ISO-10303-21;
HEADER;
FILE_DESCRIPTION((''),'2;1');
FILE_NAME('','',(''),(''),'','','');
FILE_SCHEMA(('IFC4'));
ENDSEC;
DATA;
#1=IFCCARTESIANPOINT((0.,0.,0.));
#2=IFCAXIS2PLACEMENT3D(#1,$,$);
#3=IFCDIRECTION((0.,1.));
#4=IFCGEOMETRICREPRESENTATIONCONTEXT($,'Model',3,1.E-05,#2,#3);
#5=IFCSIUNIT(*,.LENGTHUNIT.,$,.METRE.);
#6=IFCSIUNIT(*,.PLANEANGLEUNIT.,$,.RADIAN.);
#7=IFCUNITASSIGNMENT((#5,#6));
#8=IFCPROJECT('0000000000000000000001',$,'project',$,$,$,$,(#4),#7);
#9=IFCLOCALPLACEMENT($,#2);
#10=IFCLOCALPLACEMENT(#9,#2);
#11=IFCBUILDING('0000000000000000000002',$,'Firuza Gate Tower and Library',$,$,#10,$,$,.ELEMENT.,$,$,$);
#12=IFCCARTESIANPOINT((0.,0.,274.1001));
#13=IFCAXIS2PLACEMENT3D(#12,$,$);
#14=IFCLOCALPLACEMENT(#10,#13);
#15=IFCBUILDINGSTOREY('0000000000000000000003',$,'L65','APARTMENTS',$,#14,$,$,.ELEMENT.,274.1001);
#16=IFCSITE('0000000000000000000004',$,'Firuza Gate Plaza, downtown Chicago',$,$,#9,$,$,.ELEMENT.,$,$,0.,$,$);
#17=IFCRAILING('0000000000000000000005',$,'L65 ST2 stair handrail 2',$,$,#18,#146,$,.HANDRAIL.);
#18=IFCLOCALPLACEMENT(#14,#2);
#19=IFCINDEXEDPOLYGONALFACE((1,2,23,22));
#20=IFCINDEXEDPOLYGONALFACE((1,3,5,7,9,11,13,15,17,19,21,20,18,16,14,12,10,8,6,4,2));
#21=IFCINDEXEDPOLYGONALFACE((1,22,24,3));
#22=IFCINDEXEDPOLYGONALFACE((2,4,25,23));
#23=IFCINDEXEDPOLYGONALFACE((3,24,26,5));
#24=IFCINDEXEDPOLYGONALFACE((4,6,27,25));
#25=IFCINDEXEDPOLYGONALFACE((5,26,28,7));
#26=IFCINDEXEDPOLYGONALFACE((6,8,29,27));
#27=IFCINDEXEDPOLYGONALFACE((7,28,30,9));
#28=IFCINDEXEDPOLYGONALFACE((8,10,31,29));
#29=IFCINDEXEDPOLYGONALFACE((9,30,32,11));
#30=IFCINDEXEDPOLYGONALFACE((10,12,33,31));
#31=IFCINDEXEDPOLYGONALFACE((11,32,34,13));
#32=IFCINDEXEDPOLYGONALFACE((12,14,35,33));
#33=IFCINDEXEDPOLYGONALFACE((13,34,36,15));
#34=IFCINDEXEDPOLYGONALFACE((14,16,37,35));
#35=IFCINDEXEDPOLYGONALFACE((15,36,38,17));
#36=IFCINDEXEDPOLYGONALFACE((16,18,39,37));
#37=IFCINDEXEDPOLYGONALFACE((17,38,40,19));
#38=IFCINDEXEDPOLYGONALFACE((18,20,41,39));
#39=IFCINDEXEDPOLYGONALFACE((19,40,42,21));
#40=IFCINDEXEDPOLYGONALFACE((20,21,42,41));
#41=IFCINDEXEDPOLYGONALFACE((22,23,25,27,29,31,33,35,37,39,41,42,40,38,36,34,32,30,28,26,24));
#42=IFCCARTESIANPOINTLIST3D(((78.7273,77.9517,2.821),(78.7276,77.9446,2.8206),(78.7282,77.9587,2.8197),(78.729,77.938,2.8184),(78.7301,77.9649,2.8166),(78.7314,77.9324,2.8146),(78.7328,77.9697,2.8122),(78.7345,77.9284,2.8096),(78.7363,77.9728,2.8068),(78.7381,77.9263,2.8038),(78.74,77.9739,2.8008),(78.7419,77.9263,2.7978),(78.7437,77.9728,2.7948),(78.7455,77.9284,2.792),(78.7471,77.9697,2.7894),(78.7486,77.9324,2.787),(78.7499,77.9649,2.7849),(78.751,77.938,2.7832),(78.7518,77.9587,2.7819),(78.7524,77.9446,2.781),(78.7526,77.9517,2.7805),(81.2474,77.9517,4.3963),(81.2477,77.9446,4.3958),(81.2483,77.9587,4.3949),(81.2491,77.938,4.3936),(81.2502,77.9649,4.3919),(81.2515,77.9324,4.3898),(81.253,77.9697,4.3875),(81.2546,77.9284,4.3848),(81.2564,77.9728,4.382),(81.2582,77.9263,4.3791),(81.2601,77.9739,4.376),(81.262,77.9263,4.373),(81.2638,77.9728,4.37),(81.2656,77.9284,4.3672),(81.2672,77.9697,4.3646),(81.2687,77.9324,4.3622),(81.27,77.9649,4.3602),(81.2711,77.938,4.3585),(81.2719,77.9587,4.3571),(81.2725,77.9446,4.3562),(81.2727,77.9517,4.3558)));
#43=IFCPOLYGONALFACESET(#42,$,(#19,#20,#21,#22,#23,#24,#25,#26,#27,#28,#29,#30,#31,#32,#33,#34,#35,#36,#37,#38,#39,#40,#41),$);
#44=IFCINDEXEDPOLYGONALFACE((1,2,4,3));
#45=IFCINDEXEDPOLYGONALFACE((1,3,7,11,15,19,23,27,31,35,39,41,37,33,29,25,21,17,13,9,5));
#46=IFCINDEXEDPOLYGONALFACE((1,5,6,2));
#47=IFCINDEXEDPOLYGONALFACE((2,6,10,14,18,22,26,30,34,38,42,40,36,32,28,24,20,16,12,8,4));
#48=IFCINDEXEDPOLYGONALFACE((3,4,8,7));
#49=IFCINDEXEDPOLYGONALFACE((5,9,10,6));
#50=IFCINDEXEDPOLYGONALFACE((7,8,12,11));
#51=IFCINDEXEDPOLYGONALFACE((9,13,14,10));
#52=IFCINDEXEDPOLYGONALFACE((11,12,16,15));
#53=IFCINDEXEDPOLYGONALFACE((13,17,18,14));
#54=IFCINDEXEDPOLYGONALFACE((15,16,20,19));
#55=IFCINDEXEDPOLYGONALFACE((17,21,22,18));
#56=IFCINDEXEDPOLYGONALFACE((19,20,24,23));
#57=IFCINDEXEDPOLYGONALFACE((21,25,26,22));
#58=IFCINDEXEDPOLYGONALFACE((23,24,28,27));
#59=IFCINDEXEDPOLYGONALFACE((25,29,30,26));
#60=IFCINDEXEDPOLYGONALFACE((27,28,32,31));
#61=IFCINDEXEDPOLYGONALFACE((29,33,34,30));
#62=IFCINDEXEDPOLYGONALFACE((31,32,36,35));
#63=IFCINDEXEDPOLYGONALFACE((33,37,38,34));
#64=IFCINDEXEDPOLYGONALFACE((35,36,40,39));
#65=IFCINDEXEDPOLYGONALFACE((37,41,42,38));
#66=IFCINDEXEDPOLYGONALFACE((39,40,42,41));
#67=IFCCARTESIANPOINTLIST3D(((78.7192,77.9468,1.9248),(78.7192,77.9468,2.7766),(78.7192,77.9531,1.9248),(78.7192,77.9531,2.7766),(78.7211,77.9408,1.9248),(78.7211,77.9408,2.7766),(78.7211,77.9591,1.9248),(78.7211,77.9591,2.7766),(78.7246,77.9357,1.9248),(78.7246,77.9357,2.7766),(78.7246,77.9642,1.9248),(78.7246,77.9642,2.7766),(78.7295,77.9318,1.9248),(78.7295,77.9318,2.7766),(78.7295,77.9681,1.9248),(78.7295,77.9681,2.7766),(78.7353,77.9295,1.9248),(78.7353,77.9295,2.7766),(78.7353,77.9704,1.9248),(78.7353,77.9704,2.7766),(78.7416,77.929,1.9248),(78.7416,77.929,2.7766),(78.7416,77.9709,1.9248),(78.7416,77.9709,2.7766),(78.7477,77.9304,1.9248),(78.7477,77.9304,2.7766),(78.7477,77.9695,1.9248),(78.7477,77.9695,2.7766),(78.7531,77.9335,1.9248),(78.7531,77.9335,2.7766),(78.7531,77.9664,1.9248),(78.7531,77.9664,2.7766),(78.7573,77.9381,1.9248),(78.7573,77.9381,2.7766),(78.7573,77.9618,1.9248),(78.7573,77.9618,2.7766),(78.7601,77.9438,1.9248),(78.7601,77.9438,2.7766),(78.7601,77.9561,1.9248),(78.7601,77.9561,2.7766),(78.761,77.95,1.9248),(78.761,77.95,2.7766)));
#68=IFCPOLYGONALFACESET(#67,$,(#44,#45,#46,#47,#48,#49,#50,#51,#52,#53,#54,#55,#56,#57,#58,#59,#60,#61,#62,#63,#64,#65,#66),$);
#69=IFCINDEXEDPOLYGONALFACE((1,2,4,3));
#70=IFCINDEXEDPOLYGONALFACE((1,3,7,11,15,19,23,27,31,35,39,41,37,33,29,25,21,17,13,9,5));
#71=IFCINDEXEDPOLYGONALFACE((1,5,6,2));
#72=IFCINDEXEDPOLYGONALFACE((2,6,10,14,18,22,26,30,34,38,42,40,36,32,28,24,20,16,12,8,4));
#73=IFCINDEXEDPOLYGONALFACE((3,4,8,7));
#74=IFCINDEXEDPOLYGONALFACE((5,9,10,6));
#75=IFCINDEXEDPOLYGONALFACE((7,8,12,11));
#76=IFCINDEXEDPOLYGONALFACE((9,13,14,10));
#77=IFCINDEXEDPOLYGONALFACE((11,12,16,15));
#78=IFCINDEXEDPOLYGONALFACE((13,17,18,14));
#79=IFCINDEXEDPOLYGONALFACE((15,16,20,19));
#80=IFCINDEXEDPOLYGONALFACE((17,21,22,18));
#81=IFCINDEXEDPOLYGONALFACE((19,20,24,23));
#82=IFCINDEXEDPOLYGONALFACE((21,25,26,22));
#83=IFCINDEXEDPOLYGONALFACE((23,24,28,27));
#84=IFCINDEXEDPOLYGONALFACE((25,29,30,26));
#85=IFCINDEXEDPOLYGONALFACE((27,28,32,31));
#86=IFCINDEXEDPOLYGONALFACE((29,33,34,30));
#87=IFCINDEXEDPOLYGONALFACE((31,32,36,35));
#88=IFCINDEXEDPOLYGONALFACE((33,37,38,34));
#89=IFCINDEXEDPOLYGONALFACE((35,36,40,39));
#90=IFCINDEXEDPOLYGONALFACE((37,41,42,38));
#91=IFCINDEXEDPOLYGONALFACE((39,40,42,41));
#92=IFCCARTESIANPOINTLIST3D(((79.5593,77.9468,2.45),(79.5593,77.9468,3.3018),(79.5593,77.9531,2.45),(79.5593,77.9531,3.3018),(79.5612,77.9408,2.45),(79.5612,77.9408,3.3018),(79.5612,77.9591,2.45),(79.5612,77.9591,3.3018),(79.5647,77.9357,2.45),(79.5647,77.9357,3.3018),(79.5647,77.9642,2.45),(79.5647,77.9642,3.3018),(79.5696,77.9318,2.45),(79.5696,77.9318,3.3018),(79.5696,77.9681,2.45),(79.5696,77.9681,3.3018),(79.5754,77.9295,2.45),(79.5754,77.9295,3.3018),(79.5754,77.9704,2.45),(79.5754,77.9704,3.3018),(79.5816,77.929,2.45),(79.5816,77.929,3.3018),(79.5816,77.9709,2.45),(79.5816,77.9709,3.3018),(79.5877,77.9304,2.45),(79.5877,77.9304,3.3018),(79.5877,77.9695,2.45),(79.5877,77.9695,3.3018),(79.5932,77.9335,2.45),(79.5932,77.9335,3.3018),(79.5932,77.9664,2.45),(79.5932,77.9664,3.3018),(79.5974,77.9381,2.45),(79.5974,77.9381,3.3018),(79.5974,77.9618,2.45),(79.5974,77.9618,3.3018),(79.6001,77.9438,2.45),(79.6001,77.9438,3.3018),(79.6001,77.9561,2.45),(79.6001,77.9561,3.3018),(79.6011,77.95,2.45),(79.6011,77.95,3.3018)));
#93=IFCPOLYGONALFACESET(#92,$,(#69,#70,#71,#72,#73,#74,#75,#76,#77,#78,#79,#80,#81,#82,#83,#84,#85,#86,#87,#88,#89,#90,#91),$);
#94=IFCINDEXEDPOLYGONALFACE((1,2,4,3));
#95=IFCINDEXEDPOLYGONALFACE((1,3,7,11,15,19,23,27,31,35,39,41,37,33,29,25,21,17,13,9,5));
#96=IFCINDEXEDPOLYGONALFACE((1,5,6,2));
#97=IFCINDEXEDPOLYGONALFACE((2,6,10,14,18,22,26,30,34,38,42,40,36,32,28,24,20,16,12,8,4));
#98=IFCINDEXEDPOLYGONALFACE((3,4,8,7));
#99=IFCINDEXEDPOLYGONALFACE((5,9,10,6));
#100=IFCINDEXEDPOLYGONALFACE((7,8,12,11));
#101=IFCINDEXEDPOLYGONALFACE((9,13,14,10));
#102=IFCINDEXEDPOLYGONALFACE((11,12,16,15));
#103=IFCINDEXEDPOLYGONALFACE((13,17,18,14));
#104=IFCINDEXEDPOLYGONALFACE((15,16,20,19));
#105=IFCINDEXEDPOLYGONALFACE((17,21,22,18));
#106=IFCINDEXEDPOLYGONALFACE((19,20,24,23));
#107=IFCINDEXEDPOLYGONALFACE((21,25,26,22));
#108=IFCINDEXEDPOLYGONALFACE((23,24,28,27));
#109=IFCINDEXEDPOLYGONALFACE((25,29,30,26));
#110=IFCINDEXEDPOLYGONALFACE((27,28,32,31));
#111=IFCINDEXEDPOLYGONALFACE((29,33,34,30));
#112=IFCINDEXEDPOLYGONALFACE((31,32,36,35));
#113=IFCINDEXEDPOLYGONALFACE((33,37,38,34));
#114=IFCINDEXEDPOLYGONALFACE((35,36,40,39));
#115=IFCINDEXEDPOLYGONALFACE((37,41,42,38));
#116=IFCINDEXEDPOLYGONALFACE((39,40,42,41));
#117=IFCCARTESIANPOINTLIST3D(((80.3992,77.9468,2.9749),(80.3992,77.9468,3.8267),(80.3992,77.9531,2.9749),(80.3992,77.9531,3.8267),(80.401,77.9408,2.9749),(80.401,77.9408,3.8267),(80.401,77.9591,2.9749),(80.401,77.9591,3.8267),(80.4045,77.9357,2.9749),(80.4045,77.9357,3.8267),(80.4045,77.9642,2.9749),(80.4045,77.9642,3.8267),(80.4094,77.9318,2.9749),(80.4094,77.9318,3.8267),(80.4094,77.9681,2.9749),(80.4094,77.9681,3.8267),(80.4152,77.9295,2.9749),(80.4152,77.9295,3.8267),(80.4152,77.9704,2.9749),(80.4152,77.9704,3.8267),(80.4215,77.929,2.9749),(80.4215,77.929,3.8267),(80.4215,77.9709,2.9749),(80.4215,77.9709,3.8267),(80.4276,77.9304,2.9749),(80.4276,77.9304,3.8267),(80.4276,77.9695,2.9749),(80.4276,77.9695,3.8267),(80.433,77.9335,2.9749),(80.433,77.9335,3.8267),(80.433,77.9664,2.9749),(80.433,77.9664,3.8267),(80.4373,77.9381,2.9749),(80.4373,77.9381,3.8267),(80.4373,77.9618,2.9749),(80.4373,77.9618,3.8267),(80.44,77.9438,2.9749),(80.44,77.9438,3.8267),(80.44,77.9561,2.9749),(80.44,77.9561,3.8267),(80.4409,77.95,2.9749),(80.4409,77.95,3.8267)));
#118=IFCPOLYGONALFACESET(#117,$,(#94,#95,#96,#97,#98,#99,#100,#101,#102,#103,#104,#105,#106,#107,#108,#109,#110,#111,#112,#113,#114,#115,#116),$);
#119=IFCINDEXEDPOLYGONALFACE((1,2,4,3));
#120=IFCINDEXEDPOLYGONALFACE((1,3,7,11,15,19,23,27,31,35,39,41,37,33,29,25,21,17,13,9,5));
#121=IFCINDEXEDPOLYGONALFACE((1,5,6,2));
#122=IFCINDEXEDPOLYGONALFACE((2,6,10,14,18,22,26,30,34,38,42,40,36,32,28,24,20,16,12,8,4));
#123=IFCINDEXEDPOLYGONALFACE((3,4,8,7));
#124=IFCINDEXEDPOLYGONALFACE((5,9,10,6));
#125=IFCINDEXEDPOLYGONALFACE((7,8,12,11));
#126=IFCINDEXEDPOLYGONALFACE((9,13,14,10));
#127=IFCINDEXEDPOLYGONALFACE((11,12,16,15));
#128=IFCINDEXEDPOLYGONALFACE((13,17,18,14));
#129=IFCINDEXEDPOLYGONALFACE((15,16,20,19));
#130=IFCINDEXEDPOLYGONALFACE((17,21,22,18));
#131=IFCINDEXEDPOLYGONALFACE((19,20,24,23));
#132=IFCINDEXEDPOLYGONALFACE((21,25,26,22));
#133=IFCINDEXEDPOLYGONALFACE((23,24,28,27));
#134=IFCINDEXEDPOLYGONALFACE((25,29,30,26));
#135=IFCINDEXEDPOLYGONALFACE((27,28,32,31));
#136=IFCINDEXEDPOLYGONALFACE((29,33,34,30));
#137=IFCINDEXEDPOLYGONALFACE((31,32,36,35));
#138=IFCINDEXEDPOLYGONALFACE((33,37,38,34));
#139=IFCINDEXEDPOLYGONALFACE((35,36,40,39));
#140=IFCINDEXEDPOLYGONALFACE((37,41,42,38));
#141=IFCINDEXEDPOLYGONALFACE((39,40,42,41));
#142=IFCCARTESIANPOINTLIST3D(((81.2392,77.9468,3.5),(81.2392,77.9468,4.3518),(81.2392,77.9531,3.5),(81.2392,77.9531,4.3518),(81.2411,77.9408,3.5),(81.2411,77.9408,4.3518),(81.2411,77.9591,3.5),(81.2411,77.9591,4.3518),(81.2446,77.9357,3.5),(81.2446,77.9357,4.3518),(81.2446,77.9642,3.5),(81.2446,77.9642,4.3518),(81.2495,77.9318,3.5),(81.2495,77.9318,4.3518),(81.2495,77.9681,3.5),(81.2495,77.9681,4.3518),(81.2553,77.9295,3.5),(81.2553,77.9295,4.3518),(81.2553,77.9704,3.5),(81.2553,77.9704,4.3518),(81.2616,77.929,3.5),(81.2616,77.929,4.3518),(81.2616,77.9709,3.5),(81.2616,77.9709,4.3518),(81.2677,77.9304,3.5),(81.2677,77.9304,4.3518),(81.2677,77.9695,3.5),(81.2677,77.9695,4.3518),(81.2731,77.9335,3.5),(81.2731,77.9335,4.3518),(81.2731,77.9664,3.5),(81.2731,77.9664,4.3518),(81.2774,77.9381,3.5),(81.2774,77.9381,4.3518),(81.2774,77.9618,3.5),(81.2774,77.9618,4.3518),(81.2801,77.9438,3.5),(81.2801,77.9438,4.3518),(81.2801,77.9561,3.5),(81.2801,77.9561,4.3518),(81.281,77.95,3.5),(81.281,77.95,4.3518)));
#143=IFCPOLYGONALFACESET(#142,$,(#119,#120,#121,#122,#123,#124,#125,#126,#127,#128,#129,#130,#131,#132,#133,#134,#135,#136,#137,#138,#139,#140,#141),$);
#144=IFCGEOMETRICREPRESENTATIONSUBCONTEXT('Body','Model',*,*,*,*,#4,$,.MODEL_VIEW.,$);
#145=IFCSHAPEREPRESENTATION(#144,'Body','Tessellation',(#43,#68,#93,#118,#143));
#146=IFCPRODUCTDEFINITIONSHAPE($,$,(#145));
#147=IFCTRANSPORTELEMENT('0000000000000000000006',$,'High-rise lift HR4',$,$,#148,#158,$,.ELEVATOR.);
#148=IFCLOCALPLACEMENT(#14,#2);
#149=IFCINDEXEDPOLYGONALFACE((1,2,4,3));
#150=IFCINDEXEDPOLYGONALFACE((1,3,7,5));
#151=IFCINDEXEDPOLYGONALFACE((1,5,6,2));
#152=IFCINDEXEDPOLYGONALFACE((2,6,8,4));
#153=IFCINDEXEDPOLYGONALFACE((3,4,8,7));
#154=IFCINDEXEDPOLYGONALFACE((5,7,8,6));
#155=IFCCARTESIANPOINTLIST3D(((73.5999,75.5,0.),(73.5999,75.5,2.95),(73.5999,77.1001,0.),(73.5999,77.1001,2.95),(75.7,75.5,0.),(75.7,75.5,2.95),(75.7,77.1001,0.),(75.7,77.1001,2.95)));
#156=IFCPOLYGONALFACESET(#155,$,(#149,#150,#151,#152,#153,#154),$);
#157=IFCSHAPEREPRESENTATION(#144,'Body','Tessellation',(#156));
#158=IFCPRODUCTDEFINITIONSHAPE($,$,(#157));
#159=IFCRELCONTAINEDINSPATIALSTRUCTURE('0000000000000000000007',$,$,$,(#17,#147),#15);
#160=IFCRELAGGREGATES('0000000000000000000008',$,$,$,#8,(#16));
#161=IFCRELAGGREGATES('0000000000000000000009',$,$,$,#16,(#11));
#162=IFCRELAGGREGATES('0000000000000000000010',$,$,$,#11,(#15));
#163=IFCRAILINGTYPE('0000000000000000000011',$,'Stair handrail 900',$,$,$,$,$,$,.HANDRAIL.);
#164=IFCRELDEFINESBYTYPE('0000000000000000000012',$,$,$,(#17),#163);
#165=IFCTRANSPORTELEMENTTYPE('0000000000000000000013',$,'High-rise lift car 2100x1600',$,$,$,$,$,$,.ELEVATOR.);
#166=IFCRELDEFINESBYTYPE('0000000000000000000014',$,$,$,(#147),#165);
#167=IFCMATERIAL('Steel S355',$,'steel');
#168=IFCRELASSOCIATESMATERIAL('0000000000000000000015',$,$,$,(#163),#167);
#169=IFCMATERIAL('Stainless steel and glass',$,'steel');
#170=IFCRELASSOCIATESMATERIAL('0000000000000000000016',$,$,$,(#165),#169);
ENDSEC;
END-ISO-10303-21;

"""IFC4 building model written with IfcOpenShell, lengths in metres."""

from ifc_helpers import new_model, si_unit, direction, frame, origin, origin_2d, place, context, subcontext, project, spatial, rectangle, circle, extrude, material, type_object, element, save


model = new_model("IFC4")

# Units and contexts
model_context = context("Model", 3, precision=1e-05, world=origin(), true_north=direction((0.0, 1.0)))
body_context = subcontext(model_context, "Body", "Model", "MODEL_VIEW")
ifc_project = project(units=[si_unit("LENGTHUNIT", "METRE"), si_unit("PLANEANGLEUNIT", "RADIAN")], contexts=[model_context])

# Site, building, storey
site_placement = place(None, origin())
site = spatial("IfcSite", under=ifc_project, at=site_placement, Name="Firuza Gate Plaza, downtown Chicago", CompositionType="ELEMENT", RefElevation=0.0)
building_placement = place(site_placement, origin())
building = spatial("IfcBuilding", under=site, at=building_placement, Name="Firuza Gate Tower and Library", CompositionType="ELEMENT")
storey_placement = place(building_placement, frame((0.0, 0.0, 274.1001)))
storey = spatial("IfcBuildingStorey", under=building, at=storey_placement, Name="L65", Description="APARTMENTS", CompositionType="ELEMENT", Elevation=274.1001)

# Railing
ifc_material_1 = material(Name="Steel S355", Category="steel")
railing_type_1 = type_object("IfcRailingType", Name="Stair handrail 900", PredefinedType="HANDRAIL", material=ifc_material_1)
railing_1_placement = place(storey_placement, frame((78.74, 77.95, 1.9248)))
element("IfcRailing", 1, at=railing_1_placement, inside=storey, type_object=railing_type_1, Name="L65 ST2 stair handrail 2", PredefinedType="HANDRAIL", context=body_context, shape_type="SweptSolid", body=[
    extrude(circle(Radius=0.0239, at=origin_2d()), frame((0.0, 0.0, 0.876), z_axis=(0.847971, 0.0, 0.530043), x_axis=(0.0, 1.0, 0.0)), (0.0, 0.0, 1.0), 2.9719),
    extrude(circle(Radius=0.021, at=origin_2d()), origin(), (0.0, 0.0, 1.0), 0.8518),
    extrude(circle(Radius=0.021, at=origin_2d()), frame((0.8401, 0.0, 0.5251)), (0.0, 0.0, 1.0), 0.8518),
    extrude(circle(Radius=0.021, at=origin_2d()), frame((1.6799, 0.0, 1.05)), (0.0, 0.0, 1.0), 0.8518),
    extrude(circle(Radius=0.021, at=origin_2d()), frame((2.52, 0.0, 1.5752)), (0.0, 0.0, 1.0), 0.8518),
])

# Transport element
ifc_material_2 = material(Name="Stainless steel and glass", Category="steel")
transport_element_type = type_object("IfcTransportElementType", Name="High-rise lift car 2100x1600", PredefinedType="ELEVATOR", material=ifc_material_2)
transport_element_placement = place(storey_placement, frame((74.6499, 76.3, 0.0), z_axis=(0.0, 0.0, 1.0), x_axis=(1.0, 0.0, 0.0)))
element("IfcTransportElement", 2, at=transport_element_placement, inside=storey, type_object=transport_element_type, Name="High-rise lift HR4", PredefinedType="ELEVATOR", context=body_context, shape_type="SweptSolid", body=[
    extrude(rectangle(XDim=2.1001, YDim=1.6001, at=origin_2d()), origin(), (0.0, 0.0, 1.0), 2.95),
])

save(model, "model.ifc")
